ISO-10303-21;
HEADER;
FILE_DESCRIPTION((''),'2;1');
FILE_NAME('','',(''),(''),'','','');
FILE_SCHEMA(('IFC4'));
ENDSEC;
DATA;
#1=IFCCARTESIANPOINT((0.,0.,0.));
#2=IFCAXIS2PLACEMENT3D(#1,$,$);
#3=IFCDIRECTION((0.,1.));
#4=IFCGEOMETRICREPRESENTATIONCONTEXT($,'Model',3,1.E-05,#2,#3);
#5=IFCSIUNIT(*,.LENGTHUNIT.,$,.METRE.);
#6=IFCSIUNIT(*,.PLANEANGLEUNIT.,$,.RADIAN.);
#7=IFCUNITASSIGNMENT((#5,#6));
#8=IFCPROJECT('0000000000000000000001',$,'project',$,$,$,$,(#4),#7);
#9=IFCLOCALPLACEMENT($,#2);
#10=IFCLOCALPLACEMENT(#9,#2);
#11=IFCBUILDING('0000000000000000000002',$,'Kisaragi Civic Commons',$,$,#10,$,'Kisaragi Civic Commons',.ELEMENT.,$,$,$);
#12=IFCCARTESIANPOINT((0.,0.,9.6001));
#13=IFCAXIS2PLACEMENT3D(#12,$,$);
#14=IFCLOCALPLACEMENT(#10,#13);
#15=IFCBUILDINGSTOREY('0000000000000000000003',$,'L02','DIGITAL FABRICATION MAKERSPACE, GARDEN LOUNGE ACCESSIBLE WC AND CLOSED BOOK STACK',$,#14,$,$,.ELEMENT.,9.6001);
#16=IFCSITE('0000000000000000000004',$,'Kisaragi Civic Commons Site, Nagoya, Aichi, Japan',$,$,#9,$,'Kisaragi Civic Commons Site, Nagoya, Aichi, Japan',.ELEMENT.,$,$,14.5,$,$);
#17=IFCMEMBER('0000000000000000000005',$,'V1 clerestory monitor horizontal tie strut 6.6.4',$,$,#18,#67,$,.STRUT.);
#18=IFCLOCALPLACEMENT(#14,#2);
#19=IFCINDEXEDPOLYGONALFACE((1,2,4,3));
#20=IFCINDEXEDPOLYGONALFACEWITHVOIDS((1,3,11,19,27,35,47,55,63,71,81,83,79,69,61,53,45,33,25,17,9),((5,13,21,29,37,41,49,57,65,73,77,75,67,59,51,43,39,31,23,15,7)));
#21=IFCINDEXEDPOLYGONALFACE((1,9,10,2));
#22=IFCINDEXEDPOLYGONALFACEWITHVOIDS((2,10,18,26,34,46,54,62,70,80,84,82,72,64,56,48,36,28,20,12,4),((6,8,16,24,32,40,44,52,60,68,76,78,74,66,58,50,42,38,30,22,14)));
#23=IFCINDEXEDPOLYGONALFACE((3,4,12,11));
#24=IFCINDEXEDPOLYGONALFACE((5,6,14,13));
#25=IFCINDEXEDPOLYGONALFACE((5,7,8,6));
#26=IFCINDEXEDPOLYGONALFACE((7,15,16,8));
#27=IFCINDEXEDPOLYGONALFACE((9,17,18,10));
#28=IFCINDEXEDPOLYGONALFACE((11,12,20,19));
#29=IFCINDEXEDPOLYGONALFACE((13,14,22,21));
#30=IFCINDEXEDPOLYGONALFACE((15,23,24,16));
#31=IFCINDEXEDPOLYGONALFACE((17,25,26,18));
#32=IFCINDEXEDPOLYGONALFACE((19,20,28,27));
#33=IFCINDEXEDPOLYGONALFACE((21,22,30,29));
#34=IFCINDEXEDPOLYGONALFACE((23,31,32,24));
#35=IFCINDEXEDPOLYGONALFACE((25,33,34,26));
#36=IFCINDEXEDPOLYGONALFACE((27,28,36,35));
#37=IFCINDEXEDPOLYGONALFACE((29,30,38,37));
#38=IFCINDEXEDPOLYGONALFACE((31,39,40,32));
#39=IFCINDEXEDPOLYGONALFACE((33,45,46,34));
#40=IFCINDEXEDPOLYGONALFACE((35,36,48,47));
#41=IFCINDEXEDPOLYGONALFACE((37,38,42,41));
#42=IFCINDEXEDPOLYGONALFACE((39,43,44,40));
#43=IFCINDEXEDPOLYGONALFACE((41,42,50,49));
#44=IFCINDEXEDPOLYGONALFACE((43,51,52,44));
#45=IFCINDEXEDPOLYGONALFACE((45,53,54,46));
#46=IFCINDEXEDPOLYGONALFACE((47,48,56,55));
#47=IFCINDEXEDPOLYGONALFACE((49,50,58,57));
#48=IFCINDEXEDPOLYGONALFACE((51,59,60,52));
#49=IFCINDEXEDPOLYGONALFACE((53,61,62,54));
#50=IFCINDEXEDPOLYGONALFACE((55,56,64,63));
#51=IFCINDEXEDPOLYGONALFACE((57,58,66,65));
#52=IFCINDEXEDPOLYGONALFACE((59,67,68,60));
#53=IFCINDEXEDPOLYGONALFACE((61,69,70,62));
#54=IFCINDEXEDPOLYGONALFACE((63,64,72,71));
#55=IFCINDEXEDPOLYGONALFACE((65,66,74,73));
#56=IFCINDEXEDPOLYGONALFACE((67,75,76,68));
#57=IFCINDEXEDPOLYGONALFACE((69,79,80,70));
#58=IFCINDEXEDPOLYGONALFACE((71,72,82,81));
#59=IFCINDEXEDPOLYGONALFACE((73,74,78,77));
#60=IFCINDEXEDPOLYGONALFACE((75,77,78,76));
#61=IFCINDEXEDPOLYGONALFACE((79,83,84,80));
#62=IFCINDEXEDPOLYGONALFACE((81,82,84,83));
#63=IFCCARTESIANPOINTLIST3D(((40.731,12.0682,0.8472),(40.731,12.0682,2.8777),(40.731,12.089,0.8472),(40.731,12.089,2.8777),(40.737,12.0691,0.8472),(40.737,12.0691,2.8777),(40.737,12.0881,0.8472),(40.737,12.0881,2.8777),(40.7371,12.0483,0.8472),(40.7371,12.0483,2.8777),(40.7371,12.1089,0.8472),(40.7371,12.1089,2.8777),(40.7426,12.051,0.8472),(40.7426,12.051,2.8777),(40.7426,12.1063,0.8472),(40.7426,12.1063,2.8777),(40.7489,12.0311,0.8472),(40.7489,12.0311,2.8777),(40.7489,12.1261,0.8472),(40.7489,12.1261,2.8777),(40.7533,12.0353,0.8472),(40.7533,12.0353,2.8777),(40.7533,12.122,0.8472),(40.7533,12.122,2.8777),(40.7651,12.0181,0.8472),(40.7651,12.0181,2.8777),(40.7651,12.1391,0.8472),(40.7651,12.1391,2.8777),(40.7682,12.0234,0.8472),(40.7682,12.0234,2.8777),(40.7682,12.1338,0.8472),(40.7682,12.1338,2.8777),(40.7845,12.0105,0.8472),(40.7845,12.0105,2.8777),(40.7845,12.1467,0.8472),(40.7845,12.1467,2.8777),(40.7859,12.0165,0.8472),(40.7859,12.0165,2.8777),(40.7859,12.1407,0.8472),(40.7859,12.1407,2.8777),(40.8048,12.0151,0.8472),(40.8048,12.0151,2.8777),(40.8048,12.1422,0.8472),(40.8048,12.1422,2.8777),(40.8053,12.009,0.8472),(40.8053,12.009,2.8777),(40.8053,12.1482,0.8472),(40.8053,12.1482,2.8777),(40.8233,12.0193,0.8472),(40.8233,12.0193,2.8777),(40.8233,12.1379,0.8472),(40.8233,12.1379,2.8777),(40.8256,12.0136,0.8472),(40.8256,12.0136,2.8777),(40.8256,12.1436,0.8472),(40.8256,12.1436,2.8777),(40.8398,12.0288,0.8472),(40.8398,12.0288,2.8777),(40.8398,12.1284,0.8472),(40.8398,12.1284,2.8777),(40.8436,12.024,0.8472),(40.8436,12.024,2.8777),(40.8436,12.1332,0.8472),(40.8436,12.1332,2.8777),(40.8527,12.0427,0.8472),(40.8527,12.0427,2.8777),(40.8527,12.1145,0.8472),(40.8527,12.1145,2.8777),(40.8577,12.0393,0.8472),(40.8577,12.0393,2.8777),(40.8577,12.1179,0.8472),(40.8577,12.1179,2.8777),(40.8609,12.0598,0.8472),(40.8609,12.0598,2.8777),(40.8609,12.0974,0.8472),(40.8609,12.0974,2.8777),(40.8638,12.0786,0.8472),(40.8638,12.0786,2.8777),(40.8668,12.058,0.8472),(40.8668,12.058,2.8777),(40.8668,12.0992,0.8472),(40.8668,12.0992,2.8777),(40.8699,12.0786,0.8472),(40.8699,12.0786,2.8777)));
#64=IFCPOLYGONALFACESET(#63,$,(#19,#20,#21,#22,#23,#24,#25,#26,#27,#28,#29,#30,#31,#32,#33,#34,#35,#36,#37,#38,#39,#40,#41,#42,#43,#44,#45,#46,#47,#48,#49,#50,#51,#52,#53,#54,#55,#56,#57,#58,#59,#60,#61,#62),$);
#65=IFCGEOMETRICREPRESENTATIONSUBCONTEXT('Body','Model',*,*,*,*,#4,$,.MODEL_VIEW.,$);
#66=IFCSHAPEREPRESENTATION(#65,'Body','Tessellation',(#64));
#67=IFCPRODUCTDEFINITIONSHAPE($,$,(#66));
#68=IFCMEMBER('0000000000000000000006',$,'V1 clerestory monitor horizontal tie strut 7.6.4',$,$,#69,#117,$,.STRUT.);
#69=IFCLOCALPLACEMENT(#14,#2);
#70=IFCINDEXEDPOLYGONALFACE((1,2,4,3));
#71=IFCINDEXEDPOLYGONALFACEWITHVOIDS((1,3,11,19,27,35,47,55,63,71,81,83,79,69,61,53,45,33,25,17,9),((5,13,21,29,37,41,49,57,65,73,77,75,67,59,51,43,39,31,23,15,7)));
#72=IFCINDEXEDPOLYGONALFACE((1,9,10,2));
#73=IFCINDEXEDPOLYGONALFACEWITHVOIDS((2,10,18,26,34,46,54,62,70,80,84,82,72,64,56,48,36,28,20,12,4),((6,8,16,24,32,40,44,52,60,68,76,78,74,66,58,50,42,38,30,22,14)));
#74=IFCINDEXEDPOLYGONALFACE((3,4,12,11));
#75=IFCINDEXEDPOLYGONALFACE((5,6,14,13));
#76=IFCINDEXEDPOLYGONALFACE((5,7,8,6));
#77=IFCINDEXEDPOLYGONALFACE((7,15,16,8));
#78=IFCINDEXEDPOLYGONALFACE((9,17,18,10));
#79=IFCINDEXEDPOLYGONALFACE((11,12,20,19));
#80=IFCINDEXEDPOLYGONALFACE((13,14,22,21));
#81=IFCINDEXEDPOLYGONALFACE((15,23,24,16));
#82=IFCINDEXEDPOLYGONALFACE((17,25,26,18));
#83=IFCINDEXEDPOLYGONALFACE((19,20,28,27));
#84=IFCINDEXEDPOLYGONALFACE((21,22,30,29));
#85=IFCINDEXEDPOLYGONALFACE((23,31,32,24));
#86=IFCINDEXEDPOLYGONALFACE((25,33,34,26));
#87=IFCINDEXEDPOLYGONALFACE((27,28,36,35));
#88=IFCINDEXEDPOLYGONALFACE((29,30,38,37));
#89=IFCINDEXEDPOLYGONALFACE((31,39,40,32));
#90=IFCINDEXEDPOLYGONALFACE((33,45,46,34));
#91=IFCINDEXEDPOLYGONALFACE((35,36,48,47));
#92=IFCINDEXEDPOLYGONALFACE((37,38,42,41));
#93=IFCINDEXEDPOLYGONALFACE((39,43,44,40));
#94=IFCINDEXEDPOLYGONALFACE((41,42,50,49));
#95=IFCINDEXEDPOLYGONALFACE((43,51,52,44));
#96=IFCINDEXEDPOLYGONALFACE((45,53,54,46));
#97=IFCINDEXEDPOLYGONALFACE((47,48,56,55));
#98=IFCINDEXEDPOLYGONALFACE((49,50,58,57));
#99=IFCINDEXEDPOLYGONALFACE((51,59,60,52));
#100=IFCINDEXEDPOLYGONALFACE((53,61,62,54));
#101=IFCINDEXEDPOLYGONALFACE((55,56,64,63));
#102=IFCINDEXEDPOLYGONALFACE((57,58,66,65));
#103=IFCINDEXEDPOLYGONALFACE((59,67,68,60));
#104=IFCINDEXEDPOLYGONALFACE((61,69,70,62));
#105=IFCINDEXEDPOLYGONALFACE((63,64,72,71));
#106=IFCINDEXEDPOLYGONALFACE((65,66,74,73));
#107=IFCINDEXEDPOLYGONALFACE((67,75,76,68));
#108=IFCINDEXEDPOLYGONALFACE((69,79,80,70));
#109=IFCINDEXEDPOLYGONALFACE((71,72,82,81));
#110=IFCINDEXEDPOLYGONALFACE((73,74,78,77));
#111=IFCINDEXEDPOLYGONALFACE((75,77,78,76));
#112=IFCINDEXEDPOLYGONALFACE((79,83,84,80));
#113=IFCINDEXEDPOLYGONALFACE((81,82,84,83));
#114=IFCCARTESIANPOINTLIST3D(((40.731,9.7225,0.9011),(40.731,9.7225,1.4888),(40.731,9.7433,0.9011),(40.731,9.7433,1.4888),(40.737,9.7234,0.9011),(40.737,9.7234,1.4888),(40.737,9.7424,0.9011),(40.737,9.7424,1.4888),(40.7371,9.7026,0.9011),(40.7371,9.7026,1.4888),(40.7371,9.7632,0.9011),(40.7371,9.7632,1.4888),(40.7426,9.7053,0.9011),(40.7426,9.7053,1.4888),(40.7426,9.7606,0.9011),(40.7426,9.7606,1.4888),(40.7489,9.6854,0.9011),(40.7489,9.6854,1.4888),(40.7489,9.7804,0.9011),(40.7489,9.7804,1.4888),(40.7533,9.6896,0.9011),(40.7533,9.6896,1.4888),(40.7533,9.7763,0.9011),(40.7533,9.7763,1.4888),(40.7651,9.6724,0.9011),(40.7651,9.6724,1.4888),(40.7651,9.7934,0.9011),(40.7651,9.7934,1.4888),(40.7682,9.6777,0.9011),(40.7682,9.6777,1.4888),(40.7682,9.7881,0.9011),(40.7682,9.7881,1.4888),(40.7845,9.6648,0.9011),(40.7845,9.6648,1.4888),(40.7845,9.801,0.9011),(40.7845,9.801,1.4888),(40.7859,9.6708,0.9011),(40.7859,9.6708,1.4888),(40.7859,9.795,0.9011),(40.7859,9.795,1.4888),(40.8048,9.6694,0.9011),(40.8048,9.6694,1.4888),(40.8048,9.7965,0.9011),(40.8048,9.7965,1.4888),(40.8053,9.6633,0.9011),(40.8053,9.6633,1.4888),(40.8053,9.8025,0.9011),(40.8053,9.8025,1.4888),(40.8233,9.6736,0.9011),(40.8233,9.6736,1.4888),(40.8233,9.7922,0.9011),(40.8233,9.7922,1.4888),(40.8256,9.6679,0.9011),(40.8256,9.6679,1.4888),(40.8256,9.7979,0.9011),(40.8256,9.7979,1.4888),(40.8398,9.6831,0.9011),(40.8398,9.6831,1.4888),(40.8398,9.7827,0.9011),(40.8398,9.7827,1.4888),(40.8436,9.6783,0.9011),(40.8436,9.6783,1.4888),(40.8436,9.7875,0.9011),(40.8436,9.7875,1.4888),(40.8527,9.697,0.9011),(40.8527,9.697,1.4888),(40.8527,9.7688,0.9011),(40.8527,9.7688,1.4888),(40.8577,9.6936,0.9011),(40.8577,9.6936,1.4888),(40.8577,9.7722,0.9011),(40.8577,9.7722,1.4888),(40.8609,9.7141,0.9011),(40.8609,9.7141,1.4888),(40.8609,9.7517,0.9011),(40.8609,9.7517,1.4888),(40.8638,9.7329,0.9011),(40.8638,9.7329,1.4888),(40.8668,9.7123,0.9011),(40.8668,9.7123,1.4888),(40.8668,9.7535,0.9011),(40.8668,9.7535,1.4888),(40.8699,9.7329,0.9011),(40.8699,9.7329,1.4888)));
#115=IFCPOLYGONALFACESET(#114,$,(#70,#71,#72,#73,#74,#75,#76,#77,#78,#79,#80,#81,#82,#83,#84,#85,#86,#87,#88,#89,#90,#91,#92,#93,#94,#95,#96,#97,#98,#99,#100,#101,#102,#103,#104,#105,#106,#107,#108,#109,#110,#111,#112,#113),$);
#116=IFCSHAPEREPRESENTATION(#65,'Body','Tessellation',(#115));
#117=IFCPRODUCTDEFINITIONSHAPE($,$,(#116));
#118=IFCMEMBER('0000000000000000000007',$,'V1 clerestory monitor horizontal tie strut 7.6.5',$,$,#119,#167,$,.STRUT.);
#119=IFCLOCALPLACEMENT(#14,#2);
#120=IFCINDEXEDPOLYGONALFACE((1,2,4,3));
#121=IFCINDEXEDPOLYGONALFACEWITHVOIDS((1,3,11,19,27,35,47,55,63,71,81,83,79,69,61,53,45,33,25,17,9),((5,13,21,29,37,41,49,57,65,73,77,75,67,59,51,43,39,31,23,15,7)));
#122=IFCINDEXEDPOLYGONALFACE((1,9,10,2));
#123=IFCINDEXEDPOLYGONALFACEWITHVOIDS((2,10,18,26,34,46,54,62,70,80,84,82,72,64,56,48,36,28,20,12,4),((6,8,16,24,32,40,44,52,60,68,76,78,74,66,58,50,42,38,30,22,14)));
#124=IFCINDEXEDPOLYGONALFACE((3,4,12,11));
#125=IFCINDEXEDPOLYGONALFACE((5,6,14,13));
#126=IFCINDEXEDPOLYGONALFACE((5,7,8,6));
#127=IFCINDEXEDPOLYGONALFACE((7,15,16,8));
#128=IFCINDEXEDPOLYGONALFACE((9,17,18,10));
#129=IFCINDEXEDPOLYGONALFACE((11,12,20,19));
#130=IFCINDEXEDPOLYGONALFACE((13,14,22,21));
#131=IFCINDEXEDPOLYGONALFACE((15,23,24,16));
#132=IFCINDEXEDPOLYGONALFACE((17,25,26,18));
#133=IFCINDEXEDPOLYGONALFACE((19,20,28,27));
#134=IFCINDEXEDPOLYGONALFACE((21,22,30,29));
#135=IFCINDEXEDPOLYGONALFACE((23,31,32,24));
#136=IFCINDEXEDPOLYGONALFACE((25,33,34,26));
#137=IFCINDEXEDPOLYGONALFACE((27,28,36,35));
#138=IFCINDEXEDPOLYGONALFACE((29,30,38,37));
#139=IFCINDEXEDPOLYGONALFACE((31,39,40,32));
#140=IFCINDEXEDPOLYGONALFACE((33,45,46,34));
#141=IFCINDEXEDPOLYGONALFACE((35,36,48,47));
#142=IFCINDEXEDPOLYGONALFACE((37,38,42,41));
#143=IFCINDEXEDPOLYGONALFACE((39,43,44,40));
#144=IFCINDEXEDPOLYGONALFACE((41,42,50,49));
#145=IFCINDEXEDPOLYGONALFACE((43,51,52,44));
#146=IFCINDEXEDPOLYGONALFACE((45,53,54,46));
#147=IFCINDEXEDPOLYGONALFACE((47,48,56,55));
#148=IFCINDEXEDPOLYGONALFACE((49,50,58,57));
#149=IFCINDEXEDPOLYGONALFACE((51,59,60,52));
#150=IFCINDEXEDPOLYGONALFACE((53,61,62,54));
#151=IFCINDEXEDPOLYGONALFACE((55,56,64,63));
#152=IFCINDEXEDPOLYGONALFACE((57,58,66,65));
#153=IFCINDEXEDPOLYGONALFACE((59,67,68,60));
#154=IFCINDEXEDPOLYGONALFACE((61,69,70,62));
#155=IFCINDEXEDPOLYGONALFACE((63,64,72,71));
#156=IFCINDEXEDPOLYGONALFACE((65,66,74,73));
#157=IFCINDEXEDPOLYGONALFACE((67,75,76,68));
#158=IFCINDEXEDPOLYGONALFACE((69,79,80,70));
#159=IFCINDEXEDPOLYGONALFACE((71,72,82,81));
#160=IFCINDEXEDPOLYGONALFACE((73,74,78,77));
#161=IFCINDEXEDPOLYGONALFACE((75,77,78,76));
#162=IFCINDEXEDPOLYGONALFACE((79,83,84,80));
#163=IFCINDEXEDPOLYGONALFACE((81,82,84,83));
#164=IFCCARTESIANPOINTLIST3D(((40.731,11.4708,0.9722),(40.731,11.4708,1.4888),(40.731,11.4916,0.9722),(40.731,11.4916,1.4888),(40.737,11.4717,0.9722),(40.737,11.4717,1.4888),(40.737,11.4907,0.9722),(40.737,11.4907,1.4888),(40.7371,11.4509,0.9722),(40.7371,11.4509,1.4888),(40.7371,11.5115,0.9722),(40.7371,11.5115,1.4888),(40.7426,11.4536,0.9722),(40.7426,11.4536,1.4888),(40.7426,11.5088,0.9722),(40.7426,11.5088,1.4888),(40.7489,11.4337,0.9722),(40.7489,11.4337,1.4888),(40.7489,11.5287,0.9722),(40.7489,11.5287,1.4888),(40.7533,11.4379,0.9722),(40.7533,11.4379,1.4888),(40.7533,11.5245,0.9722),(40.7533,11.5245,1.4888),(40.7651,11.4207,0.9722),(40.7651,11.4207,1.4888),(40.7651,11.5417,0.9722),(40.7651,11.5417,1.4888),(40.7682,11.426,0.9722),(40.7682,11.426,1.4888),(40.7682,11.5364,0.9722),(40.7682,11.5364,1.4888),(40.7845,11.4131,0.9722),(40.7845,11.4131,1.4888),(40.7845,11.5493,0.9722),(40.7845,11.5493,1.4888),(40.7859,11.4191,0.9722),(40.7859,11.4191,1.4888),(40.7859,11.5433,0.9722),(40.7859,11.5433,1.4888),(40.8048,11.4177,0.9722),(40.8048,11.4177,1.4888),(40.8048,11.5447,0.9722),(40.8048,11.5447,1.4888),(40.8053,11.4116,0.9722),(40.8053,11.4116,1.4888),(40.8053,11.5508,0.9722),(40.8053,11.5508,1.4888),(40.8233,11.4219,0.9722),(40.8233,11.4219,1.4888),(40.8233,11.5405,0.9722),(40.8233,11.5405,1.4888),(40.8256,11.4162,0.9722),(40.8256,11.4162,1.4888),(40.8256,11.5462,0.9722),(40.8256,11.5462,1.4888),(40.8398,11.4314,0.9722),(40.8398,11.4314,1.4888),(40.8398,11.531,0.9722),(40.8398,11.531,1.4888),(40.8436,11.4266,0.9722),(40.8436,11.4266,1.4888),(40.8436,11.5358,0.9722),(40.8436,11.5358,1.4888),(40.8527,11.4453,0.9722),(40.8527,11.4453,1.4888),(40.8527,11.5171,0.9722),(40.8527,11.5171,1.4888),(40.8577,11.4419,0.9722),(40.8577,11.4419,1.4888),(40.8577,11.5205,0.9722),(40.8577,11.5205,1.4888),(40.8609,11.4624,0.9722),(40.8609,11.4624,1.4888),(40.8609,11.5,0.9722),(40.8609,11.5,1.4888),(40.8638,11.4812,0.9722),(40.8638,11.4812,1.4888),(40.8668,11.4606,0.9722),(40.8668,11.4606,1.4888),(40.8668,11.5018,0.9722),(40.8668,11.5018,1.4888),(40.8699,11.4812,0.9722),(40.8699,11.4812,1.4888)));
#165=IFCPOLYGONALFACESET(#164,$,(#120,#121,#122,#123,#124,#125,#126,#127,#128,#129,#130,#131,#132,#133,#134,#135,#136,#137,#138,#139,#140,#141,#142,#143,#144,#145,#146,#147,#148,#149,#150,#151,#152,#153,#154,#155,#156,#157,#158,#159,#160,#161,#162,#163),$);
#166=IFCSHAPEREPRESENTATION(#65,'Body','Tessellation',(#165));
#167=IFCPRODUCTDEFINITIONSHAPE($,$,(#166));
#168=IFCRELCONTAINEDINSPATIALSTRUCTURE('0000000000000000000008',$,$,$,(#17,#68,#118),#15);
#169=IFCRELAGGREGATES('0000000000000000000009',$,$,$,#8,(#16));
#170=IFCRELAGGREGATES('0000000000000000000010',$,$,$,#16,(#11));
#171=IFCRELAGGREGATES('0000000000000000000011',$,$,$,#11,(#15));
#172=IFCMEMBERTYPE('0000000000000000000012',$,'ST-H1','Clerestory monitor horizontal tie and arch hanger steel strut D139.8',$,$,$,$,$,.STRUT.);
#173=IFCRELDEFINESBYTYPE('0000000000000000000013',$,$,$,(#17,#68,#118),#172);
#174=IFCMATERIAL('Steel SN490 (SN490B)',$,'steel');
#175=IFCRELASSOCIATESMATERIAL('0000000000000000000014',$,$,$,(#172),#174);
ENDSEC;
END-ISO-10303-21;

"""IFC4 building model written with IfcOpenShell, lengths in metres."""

from ifc_helpers import new_model, si_unit, direction, frame, origin, origin_2d, place, context, subcontext, project, spatial, hollow_circle, extrude, material, material_profile, profile_set, type_object, element, save


model = new_model("IFC4")

# Units and contexts
model_context = context("Model", 3, precision=1e-05, world=origin(), true_north=direction((0.0, 1.0)))
body_context = subcontext(model_context, "Body", "Model", "MODEL_VIEW")
ifc_project = project(units=[si_unit("LENGTHUNIT", "METRE"), si_unit("PLANEANGLEUNIT", "RADIAN")], contexts=[model_context])

# Site, building, storey
site_placement = place(None, origin())
site = spatial("IfcSite", under=ifc_project, at=site_placement, Name="Kisaragi Civic Commons Site, Nagoya, Aichi, Japan", LongName="Kisaragi Civic Commons Site, Nagoya, Aichi, Japan", CompositionType="ELEMENT", RefElevation=14.5)
building_placement = place(site_placement, origin())
building = spatial("IfcBuilding", under=site, at=building_placement, Name="Kisaragi Civic Commons", LongName="Kisaragi Civic Commons", CompositionType="ELEMENT")
storey_placement = place(building_placement, frame((0.0, 0.0, 9.6001)))
storey = spatial("IfcBuildingStorey", under=building, at=storey_placement, Name="L02", Description="DIGITAL FABRICATION MAKERSPACE, GARDEN LOUNGE ACCESSIBLE WC AND CLOSED BOOK STACK", CompositionType="ELEMENT", Elevation=9.6001)

# Members
ifc_material_1 = material(Name="Steel SN490 (SN490B)", Category="steel")
ifc_material_profile_1 = material_profile(ifc_material_1, hollow_circle(Radius=0.0698, WallThickness=0.0061, at=origin_2d()), Name="CHS-139.8x6.0", Category="steel")
ifc_profile_set_1 = profile_set([ifc_material_profile_1], Name="Steel SN490 (SN490B)")
member_type_1 = type_object("IfcMemberType", Name="ST-H1", Description="Clerestory monitor horizontal tie and arch hanger steel strut D139.8", PredefinedType="STRUT", material=ifc_profile_set_1)
member_1_placement = place(storey_placement, frame((40.8, 12.0786, 0.8472), z_axis=(0.0, 0.0, 1.0), x_axis=(1.0, 0.0, 0.0)))
element("IfcMember", 1, at=member_1_placement, inside=storey, type_object=member_type_1, Name="V1 clerestory monitor horizontal tie strut 6.6.4", PredefinedType="STRUT", context=body_context, shape_type="SweptSolid", body=[
    extrude(hollow_circle(Radius=0.0698, WallThickness=0.0061, at=origin_2d()), origin(), (0.0, 0.0, 1.0), 2.0305),
])
member_2_placement = place(storey_placement, frame((40.8, 9.7329, 0.9011), z_axis=(0.0, 0.0, 1.0), x_axis=(1.0, 0.0, 0.0)))
element("IfcMember", 2, at=member_2_placement, inside=storey, type_object=member_type_1, Name="V1 clerestory monitor horizontal tie strut 7.6.4", PredefinedType="STRUT", context=body_context, shape_type="SweptSolid", body=[
    extrude(hollow_circle(Radius=0.0698, WallThickness=0.0061, at=origin_2d()), origin(), (0.0, 0.0, 1.0), 0.5876),
])
member_3_placement = place(storey_placement, frame((40.8, 11.4812, 0.9722), z_axis=(0.0, 0.0, 1.0), x_axis=(1.0, 0.0, 0.0)))
element("IfcMember", 3, at=member_3_placement, inside=storey, type_object=member_type_1, Name="V1 clerestory monitor horizontal tie strut 7.6.5", PredefinedType="STRUT", context=body_context, shape_type="SweptSolid", body=[
    extrude(hollow_circle(Radius=0.0698, WallThickness=0.0061, at=origin_2d()), origin(), (0.0, 0.0, 1.0), 0.5166),
])

save(model, "model.ifc")
